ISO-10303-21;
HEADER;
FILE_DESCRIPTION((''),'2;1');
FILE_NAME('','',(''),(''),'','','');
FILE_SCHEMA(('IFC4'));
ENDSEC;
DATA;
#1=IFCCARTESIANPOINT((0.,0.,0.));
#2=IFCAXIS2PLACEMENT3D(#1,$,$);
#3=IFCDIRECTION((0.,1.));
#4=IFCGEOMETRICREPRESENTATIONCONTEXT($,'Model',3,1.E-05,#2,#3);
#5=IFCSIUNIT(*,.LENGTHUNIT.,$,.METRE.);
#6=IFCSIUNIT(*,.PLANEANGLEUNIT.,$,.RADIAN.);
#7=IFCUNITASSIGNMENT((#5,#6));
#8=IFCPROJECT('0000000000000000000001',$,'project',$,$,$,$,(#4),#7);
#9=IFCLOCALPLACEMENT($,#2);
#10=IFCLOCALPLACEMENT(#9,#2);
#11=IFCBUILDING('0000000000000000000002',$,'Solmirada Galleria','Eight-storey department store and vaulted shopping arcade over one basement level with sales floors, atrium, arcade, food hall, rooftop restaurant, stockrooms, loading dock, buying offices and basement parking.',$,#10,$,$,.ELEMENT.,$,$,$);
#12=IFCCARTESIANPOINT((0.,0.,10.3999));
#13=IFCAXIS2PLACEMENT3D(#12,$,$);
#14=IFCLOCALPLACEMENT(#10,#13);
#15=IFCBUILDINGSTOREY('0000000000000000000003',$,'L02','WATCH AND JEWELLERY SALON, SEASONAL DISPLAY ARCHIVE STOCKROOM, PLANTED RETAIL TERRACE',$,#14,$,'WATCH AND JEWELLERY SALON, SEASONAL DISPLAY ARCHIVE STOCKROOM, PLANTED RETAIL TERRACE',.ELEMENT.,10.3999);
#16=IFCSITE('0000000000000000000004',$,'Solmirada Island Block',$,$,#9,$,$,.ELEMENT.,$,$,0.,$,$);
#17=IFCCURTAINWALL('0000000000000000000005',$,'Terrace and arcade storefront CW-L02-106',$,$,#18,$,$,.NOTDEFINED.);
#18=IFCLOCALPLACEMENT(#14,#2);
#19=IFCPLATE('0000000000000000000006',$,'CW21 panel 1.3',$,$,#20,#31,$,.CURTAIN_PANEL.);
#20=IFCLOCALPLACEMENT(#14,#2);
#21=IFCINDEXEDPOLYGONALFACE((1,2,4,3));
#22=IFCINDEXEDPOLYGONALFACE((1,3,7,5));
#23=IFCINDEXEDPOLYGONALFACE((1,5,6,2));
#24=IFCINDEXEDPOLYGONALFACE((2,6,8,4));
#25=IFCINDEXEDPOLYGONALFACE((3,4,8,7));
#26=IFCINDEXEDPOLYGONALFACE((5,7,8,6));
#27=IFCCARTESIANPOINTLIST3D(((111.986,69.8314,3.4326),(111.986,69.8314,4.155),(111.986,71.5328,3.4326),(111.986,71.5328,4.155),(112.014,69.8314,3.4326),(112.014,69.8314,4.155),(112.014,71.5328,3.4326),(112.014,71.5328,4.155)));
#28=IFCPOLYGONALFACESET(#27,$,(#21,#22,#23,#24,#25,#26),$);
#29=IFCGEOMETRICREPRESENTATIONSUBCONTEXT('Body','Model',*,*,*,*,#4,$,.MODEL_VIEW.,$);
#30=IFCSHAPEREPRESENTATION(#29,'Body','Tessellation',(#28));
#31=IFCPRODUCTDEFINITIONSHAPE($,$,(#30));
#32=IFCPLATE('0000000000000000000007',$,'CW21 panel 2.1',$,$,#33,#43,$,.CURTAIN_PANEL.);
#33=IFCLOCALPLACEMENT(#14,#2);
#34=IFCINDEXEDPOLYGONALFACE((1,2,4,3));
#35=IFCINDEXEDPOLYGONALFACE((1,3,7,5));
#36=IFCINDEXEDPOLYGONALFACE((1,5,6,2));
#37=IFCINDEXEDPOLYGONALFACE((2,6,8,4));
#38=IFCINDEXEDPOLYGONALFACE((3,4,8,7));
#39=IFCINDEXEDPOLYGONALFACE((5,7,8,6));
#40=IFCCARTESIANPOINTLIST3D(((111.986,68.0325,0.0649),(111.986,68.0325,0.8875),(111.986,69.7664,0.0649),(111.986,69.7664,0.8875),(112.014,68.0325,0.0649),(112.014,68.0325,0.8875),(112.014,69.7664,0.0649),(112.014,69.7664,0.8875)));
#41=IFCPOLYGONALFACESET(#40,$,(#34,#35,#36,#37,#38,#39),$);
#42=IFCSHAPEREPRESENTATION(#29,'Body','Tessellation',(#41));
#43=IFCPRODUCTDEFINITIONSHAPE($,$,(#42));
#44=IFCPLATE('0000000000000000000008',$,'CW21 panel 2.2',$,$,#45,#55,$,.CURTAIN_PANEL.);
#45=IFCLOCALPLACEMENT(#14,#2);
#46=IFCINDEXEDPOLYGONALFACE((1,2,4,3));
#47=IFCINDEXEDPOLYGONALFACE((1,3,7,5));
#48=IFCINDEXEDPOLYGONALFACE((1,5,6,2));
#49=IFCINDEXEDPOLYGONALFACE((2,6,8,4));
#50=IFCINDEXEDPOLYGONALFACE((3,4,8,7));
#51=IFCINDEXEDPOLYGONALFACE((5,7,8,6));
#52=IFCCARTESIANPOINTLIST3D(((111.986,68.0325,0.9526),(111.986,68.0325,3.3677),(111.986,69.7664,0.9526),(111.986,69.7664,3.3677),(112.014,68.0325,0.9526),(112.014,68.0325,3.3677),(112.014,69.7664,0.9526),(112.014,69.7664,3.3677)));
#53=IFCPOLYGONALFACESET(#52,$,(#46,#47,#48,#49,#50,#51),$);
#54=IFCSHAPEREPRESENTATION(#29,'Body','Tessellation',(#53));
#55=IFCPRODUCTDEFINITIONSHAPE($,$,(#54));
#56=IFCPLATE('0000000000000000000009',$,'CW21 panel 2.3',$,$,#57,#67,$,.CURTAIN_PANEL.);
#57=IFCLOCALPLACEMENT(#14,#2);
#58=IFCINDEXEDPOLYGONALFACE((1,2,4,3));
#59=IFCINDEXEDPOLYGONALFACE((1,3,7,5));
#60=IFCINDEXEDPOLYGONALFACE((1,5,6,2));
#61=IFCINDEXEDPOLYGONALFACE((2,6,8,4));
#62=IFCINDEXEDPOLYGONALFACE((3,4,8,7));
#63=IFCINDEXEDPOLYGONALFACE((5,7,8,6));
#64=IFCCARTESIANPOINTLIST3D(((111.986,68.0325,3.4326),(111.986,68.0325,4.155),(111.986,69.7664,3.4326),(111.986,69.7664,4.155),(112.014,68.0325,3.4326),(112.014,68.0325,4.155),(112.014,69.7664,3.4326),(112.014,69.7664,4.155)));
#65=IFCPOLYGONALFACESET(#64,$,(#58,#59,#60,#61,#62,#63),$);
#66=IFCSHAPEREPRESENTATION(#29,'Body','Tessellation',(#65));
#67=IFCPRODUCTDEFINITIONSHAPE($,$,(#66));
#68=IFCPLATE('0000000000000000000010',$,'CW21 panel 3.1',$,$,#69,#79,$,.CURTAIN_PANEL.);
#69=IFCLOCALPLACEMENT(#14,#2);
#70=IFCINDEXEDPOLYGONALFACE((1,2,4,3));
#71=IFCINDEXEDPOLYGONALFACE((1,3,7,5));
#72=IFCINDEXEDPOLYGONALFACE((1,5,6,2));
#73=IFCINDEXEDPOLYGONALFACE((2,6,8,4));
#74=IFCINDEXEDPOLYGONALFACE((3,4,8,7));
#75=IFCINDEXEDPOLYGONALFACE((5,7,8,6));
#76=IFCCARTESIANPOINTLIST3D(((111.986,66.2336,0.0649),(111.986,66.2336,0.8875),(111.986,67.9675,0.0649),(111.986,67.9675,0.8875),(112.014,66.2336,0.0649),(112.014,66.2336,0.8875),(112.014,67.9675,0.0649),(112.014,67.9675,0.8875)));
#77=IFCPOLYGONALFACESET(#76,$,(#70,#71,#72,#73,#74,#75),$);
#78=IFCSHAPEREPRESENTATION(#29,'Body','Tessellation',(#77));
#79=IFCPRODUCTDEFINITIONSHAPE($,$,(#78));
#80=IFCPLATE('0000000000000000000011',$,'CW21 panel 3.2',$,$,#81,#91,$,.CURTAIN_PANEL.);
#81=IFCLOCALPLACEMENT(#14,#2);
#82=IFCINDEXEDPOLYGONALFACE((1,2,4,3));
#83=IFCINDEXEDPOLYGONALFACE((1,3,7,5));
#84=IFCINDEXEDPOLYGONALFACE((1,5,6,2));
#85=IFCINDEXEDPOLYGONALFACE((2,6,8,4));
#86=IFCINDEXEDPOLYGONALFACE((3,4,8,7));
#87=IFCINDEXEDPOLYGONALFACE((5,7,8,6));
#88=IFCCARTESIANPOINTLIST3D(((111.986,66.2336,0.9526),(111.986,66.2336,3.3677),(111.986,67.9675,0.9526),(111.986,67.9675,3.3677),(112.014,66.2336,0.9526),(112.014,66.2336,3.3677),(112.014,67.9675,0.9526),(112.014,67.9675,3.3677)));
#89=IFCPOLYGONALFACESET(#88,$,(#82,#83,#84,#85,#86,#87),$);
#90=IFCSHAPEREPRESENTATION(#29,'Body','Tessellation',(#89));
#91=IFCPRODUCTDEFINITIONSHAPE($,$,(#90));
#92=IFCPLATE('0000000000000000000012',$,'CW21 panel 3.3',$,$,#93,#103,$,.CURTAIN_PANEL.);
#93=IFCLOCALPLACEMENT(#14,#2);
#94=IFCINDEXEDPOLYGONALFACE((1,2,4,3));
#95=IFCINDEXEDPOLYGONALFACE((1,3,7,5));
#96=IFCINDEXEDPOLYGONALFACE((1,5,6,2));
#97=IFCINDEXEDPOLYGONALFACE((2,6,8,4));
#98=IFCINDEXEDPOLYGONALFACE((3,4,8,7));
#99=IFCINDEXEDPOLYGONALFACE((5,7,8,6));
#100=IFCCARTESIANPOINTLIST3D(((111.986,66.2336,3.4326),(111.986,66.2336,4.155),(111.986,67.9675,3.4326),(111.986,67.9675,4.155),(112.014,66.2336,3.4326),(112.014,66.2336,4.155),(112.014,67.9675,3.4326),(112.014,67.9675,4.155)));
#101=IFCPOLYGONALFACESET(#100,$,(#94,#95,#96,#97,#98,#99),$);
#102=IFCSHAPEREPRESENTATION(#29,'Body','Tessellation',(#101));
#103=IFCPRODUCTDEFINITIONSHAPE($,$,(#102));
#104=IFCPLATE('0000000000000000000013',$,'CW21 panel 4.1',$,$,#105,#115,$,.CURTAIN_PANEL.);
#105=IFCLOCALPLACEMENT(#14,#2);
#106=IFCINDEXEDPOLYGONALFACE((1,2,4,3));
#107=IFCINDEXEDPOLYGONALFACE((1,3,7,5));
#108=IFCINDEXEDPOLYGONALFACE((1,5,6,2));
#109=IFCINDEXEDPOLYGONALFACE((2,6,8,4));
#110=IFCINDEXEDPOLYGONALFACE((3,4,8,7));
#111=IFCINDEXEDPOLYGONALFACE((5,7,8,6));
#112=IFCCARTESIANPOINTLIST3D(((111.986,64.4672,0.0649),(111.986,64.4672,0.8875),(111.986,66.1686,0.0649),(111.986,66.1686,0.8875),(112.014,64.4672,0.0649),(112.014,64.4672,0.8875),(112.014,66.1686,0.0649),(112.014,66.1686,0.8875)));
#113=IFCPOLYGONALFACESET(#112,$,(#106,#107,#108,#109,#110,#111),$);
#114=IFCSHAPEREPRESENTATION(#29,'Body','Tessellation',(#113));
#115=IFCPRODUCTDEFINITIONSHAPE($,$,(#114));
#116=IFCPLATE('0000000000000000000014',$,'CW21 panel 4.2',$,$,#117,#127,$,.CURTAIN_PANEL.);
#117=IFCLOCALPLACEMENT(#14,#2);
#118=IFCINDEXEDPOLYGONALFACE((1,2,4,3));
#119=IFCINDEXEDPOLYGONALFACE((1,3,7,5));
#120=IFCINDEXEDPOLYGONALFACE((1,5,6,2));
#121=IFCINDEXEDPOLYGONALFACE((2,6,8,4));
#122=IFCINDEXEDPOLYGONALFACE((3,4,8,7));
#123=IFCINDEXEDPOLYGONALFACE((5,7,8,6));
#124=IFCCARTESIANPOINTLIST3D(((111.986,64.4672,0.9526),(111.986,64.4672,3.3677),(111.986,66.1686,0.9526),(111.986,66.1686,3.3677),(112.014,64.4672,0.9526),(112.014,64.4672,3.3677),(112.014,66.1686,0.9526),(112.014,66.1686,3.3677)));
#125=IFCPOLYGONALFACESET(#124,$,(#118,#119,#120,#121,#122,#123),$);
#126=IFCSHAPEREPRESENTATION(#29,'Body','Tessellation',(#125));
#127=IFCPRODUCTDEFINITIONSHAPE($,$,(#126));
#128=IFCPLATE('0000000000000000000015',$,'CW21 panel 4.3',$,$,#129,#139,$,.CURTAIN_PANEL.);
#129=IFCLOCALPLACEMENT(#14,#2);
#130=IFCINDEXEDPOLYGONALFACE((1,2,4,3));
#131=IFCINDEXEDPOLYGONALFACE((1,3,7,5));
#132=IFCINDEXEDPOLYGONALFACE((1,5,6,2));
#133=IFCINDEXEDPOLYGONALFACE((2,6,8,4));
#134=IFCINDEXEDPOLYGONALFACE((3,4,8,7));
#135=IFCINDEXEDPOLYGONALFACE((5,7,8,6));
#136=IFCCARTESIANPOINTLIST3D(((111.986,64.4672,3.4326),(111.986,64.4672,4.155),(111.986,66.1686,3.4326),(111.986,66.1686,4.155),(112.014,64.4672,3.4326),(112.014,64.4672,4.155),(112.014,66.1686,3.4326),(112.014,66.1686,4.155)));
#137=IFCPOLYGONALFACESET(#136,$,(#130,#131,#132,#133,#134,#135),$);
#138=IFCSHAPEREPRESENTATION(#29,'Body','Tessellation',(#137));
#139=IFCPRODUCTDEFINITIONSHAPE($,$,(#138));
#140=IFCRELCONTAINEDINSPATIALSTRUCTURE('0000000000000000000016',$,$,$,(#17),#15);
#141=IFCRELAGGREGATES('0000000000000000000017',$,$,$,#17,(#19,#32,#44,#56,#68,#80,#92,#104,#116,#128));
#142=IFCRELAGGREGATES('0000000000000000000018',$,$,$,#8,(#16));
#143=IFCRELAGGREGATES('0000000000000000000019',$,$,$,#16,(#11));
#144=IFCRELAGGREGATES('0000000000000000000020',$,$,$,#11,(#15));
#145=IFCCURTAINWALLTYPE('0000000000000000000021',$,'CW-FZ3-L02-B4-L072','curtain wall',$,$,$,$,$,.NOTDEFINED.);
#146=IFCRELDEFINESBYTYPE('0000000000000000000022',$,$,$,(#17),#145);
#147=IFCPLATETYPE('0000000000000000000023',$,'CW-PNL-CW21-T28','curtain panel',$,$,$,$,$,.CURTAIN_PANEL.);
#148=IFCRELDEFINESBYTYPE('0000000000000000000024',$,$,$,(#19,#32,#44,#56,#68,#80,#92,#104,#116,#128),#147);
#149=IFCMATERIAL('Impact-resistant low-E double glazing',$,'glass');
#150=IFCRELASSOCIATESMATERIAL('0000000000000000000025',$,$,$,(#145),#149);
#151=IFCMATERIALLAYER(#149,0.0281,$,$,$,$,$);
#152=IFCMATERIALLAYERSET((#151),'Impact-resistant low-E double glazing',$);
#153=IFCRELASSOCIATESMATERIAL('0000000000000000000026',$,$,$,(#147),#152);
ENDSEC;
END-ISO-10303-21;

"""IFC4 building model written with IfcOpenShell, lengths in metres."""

from ifc_helpers import new_model, si_unit, direction, frame, origin, origin_2d, place, context, subcontext, project, spatial, rectangle, extrude, material, layer, layer_set, type_object, element, aggregate, save


model = new_model("IFC4")

# Units and contexts
model_context = context("Model", 3, precision=1e-05, world=origin(), true_north=direction((0.0, 1.0)))
body_context = subcontext(model_context, "Body", "Model", "MODEL_VIEW")
ifc_project = project(units=[si_unit("LENGTHUNIT", "METRE"), si_unit("PLANEANGLEUNIT", "RADIAN")], contexts=[model_context])

# Site, building, storey
site_placement = place(None, origin())
site = spatial("IfcSite", under=ifc_project, at=site_placement, Name="Solmirada Island Block", CompositionType="ELEMENT", RefElevation=0.0)
building_placement = place(site_placement, origin())
building = spatial("IfcBuilding", under=site, at=building_placement, Name="Solmirada Galleria", Description="Eight-storey department store and vaulted shopping arcade over one basement level with sales floors, atrium, arcade, food hall, rooftop restaurant, stockrooms, loading dock, buying offices and basement parking.", CompositionType="ELEMENT")
storey_placement = place(building_placement, frame((0.0, 0.0, 10.3999)))
storey = spatial("IfcBuildingStorey", under=building, at=storey_placement, Name="L02", Description="WATCH AND JEWELLERY SALON, SEASONAL DISPLAY ARCHIVE STOCKROOM, PLANTED RETAIL TERRACE", LongName="WATCH AND JEWELLERY SALON, SEASONAL DISPLAY ARCHIVE STOCKROOM, PLANTED RETAIL TERRACE", CompositionType="ELEMENT", Elevation=10.3999)

# Curtain wall
ifc_material_1 = material(Name="Impact-resistant low-E double glazing", Category="glass")
curtain_wall_type = type_object("IfcCurtainWallType", Name="CW-FZ3-L02-B4-L072", Description="curtain wall", PredefinedType="NOTDEFINED", material=ifc_material_1)
curtain_wall_1_placement = place(storey_placement, origin())
curtain_wall_1 = element("IfcCurtainWall", 1, at=curtain_wall_1_placement, inside=storey, type_object=curtain_wall_type, Name="Terrace and arcade storefront CW-L02-106", PredefinedType="NOTDEFINED")

# Shared definitions
ifc_layer = layer(ifc_material_1, 0.0281)
ifc_layer_set = layer_set([ifc_layer], Name="Impact-resistant low-E double glazing")
plate_type = type_object("IfcPlateType", Name="CW-PNL-CW21-T28", Description="curtain panel", PredefinedType="CURTAIN_PANEL", material=ifc_layer_set)

# Plates
plate_1_placement = place(storey_placement, frame((112.0, 70.6821, 3.4326), z_axis=(0.0, 0.0, 1.0), x_axis=(0.0, -1.0, 0.0)))
plate_1 = element("IfcPlate", 2, at=plate_1_placement, type_object=plate_type, Name="CW21 panel 1.3", PredefinedType="CURTAIN_PANEL", context=body_context, shape_type="SweptSolid", body=[
    extrude(rectangle(XDim=1.7014, YDim=0.0281, at=origin_2d()), origin(), (0.0, 0.0, 1.0), 0.7224),
])
plate_2_placement = place(storey_placement, frame((112.0, 68.8994, 0.0649), z_axis=(0.0, 0.0, 1.0), x_axis=(0.0, -1.0, 0.0)))
plate_2 = element("IfcPlate", 3, at=plate_2_placement, type_object=plate_type, Name="CW21 panel 2.1", PredefinedType="CURTAIN_PANEL", context=body_context, shape_type="SweptSolid", body=[
    extrude(rectangle(XDim=1.7339, YDim=0.0281, at=origin_2d()), origin(), (0.0, 0.0, 1.0), 0.8225),
])
plate_3_placement = place(storey_placement, frame((112.0, 68.8994, 0.9526), z_axis=(0.0, 0.0, 1.0), x_axis=(0.0, -1.0, 0.0)))
plate_3 = element("IfcPlate", 4, at=plate_3_placement, type_object=plate_type, Name="CW21 panel 2.2", PredefinedType="CURTAIN_PANEL", context=body_context, shape_type="SweptSolid", body=[
    extrude(rectangle(XDim=1.7339, YDim=0.0281, at=origin_2d()), origin(), (0.0, 0.0, 1.0), 2.415),
])
plate_4_placement = place(storey_placement, frame((112.0, 68.8994, 3.4326), z_axis=(0.0, 0.0, 1.0), x_axis=(0.0, -1.0, 0.0)))
plate_4 = element("IfcPlate", 5, at=plate_4_placement, type_object=plate_type, Name="CW21 panel 2.3", PredefinedType="CURTAIN_PANEL", context=body_context, shape_type="SweptSolid", body=[
    extrude(rectangle(XDim=1.7339, YDim=0.0281, at=origin_2d()), origin(), (0.0, 0.0, 1.0), 0.7224),
])
plate_5_placement = place(storey_placement, frame((112.0, 67.1006, 0.0649), z_axis=(0.0, 0.0, 1.0), x_axis=(0.0, -1.0, 0.0)))
plate_5 = element("IfcPlate", 6, at=plate_5_placement, type_object=plate_type, Name="CW21 panel 3.1", PredefinedType="CURTAIN_PANEL", context=body_context, shape_type="SweptSolid", body=[
    extrude(rectangle(XDim=1.7339, YDim=0.0281, at=origin_2d()), origin(), (0.0, 0.0, 1.0), 0.8225),
])
plate_6_placement = place(storey_placement, frame((112.0, 67.1006, 0.9526), z_axis=(0.0, 0.0, 1.0), x_axis=(0.0, -1.0, 0.0)))
plate_6 = element("IfcPlate", 7, at=plate_6_placement, type_object=plate_type, Name="CW21 panel 3.2", PredefinedType="CURTAIN_PANEL", context=body_context, shape_type="SweptSolid", body=[
    extrude(rectangle(XDim=1.7339, YDim=0.0281, at=origin_2d()), origin(), (0.0, 0.0, 1.0), 2.415),
])
plate_7_placement = place(storey_placement, frame((112.0, 67.1006, 3.4326), z_axis=(0.0, 0.0, 1.0), x_axis=(0.0, -1.0, 0.0)))
plate_7 = element("IfcPlate", 8, at=plate_7_placement, type_object=plate_type, Name="CW21 panel 3.3", PredefinedType="CURTAIN_PANEL", context=body_context, shape_type="SweptSolid", body=[
    extrude(rectangle(XDim=1.7339, YDim=0.0281, at=origin_2d()), origin(), (0.0, 0.0, 1.0), 0.7224),
])
plate_8_placement = place(storey_placement, frame((112.0, 65.3179, 0.0649), z_axis=(0.0, 0.0, 1.0), x_axis=(0.0, -1.0, 0.0)))
plate_8 = element("IfcPlate", 9, at=plate_8_placement, type_object=plate_type, Name="CW21 panel 4.1", PredefinedType="CURTAIN_PANEL", context=body_context, shape_type="SweptSolid", body=[
    extrude(rectangle(XDim=1.7014, YDim=0.0281, at=origin_2d()), origin(), (0.0, 0.0, 1.0), 0.8225),
])
plate_9_placement = place(storey_placement, frame((112.0, 65.3179, 0.9526), z_axis=(0.0, 0.0, 1.0), x_axis=(0.0, -1.0, 0.0)))
plate_9 = element("IfcPlate", 10, at=plate_9_placement, type_object=plate_type, Name="CW21 panel 4.2", PredefinedType="CURTAIN_PANEL", context=body_context, shape_type="SweptSolid", body=[
    extrude(rectangle(XDim=1.7014, YDim=0.0281, at=origin_2d()), origin(), (0.0, 0.0, 1.0), 2.415),
])
plate_10_placement = place(storey_placement, frame((112.0, 65.3179, 3.4326), z_axis=(0.0, 0.0, 1.0), x_axis=(0.0, -1.0, 0.0)))
plate_10 = element("IfcPlate", 11, at=plate_10_placement, type_object=plate_type, Name="CW21 panel 4.3", PredefinedType="CURTAIN_PANEL", context=body_context, shape_type="SweptSolid", body=[
    extrude(rectangle(XDim=1.7014, YDim=0.0281, at=origin_2d()), origin(), (0.0, 0.0, 1.0), 0.7224),
])
aggregate(curtain_wall_1, [plate_1, plate_2, plate_3, plate_4, plate_5, plate_6, plate_7, plate_8, plate_9, plate_10])

save(model, "model.ifc")
